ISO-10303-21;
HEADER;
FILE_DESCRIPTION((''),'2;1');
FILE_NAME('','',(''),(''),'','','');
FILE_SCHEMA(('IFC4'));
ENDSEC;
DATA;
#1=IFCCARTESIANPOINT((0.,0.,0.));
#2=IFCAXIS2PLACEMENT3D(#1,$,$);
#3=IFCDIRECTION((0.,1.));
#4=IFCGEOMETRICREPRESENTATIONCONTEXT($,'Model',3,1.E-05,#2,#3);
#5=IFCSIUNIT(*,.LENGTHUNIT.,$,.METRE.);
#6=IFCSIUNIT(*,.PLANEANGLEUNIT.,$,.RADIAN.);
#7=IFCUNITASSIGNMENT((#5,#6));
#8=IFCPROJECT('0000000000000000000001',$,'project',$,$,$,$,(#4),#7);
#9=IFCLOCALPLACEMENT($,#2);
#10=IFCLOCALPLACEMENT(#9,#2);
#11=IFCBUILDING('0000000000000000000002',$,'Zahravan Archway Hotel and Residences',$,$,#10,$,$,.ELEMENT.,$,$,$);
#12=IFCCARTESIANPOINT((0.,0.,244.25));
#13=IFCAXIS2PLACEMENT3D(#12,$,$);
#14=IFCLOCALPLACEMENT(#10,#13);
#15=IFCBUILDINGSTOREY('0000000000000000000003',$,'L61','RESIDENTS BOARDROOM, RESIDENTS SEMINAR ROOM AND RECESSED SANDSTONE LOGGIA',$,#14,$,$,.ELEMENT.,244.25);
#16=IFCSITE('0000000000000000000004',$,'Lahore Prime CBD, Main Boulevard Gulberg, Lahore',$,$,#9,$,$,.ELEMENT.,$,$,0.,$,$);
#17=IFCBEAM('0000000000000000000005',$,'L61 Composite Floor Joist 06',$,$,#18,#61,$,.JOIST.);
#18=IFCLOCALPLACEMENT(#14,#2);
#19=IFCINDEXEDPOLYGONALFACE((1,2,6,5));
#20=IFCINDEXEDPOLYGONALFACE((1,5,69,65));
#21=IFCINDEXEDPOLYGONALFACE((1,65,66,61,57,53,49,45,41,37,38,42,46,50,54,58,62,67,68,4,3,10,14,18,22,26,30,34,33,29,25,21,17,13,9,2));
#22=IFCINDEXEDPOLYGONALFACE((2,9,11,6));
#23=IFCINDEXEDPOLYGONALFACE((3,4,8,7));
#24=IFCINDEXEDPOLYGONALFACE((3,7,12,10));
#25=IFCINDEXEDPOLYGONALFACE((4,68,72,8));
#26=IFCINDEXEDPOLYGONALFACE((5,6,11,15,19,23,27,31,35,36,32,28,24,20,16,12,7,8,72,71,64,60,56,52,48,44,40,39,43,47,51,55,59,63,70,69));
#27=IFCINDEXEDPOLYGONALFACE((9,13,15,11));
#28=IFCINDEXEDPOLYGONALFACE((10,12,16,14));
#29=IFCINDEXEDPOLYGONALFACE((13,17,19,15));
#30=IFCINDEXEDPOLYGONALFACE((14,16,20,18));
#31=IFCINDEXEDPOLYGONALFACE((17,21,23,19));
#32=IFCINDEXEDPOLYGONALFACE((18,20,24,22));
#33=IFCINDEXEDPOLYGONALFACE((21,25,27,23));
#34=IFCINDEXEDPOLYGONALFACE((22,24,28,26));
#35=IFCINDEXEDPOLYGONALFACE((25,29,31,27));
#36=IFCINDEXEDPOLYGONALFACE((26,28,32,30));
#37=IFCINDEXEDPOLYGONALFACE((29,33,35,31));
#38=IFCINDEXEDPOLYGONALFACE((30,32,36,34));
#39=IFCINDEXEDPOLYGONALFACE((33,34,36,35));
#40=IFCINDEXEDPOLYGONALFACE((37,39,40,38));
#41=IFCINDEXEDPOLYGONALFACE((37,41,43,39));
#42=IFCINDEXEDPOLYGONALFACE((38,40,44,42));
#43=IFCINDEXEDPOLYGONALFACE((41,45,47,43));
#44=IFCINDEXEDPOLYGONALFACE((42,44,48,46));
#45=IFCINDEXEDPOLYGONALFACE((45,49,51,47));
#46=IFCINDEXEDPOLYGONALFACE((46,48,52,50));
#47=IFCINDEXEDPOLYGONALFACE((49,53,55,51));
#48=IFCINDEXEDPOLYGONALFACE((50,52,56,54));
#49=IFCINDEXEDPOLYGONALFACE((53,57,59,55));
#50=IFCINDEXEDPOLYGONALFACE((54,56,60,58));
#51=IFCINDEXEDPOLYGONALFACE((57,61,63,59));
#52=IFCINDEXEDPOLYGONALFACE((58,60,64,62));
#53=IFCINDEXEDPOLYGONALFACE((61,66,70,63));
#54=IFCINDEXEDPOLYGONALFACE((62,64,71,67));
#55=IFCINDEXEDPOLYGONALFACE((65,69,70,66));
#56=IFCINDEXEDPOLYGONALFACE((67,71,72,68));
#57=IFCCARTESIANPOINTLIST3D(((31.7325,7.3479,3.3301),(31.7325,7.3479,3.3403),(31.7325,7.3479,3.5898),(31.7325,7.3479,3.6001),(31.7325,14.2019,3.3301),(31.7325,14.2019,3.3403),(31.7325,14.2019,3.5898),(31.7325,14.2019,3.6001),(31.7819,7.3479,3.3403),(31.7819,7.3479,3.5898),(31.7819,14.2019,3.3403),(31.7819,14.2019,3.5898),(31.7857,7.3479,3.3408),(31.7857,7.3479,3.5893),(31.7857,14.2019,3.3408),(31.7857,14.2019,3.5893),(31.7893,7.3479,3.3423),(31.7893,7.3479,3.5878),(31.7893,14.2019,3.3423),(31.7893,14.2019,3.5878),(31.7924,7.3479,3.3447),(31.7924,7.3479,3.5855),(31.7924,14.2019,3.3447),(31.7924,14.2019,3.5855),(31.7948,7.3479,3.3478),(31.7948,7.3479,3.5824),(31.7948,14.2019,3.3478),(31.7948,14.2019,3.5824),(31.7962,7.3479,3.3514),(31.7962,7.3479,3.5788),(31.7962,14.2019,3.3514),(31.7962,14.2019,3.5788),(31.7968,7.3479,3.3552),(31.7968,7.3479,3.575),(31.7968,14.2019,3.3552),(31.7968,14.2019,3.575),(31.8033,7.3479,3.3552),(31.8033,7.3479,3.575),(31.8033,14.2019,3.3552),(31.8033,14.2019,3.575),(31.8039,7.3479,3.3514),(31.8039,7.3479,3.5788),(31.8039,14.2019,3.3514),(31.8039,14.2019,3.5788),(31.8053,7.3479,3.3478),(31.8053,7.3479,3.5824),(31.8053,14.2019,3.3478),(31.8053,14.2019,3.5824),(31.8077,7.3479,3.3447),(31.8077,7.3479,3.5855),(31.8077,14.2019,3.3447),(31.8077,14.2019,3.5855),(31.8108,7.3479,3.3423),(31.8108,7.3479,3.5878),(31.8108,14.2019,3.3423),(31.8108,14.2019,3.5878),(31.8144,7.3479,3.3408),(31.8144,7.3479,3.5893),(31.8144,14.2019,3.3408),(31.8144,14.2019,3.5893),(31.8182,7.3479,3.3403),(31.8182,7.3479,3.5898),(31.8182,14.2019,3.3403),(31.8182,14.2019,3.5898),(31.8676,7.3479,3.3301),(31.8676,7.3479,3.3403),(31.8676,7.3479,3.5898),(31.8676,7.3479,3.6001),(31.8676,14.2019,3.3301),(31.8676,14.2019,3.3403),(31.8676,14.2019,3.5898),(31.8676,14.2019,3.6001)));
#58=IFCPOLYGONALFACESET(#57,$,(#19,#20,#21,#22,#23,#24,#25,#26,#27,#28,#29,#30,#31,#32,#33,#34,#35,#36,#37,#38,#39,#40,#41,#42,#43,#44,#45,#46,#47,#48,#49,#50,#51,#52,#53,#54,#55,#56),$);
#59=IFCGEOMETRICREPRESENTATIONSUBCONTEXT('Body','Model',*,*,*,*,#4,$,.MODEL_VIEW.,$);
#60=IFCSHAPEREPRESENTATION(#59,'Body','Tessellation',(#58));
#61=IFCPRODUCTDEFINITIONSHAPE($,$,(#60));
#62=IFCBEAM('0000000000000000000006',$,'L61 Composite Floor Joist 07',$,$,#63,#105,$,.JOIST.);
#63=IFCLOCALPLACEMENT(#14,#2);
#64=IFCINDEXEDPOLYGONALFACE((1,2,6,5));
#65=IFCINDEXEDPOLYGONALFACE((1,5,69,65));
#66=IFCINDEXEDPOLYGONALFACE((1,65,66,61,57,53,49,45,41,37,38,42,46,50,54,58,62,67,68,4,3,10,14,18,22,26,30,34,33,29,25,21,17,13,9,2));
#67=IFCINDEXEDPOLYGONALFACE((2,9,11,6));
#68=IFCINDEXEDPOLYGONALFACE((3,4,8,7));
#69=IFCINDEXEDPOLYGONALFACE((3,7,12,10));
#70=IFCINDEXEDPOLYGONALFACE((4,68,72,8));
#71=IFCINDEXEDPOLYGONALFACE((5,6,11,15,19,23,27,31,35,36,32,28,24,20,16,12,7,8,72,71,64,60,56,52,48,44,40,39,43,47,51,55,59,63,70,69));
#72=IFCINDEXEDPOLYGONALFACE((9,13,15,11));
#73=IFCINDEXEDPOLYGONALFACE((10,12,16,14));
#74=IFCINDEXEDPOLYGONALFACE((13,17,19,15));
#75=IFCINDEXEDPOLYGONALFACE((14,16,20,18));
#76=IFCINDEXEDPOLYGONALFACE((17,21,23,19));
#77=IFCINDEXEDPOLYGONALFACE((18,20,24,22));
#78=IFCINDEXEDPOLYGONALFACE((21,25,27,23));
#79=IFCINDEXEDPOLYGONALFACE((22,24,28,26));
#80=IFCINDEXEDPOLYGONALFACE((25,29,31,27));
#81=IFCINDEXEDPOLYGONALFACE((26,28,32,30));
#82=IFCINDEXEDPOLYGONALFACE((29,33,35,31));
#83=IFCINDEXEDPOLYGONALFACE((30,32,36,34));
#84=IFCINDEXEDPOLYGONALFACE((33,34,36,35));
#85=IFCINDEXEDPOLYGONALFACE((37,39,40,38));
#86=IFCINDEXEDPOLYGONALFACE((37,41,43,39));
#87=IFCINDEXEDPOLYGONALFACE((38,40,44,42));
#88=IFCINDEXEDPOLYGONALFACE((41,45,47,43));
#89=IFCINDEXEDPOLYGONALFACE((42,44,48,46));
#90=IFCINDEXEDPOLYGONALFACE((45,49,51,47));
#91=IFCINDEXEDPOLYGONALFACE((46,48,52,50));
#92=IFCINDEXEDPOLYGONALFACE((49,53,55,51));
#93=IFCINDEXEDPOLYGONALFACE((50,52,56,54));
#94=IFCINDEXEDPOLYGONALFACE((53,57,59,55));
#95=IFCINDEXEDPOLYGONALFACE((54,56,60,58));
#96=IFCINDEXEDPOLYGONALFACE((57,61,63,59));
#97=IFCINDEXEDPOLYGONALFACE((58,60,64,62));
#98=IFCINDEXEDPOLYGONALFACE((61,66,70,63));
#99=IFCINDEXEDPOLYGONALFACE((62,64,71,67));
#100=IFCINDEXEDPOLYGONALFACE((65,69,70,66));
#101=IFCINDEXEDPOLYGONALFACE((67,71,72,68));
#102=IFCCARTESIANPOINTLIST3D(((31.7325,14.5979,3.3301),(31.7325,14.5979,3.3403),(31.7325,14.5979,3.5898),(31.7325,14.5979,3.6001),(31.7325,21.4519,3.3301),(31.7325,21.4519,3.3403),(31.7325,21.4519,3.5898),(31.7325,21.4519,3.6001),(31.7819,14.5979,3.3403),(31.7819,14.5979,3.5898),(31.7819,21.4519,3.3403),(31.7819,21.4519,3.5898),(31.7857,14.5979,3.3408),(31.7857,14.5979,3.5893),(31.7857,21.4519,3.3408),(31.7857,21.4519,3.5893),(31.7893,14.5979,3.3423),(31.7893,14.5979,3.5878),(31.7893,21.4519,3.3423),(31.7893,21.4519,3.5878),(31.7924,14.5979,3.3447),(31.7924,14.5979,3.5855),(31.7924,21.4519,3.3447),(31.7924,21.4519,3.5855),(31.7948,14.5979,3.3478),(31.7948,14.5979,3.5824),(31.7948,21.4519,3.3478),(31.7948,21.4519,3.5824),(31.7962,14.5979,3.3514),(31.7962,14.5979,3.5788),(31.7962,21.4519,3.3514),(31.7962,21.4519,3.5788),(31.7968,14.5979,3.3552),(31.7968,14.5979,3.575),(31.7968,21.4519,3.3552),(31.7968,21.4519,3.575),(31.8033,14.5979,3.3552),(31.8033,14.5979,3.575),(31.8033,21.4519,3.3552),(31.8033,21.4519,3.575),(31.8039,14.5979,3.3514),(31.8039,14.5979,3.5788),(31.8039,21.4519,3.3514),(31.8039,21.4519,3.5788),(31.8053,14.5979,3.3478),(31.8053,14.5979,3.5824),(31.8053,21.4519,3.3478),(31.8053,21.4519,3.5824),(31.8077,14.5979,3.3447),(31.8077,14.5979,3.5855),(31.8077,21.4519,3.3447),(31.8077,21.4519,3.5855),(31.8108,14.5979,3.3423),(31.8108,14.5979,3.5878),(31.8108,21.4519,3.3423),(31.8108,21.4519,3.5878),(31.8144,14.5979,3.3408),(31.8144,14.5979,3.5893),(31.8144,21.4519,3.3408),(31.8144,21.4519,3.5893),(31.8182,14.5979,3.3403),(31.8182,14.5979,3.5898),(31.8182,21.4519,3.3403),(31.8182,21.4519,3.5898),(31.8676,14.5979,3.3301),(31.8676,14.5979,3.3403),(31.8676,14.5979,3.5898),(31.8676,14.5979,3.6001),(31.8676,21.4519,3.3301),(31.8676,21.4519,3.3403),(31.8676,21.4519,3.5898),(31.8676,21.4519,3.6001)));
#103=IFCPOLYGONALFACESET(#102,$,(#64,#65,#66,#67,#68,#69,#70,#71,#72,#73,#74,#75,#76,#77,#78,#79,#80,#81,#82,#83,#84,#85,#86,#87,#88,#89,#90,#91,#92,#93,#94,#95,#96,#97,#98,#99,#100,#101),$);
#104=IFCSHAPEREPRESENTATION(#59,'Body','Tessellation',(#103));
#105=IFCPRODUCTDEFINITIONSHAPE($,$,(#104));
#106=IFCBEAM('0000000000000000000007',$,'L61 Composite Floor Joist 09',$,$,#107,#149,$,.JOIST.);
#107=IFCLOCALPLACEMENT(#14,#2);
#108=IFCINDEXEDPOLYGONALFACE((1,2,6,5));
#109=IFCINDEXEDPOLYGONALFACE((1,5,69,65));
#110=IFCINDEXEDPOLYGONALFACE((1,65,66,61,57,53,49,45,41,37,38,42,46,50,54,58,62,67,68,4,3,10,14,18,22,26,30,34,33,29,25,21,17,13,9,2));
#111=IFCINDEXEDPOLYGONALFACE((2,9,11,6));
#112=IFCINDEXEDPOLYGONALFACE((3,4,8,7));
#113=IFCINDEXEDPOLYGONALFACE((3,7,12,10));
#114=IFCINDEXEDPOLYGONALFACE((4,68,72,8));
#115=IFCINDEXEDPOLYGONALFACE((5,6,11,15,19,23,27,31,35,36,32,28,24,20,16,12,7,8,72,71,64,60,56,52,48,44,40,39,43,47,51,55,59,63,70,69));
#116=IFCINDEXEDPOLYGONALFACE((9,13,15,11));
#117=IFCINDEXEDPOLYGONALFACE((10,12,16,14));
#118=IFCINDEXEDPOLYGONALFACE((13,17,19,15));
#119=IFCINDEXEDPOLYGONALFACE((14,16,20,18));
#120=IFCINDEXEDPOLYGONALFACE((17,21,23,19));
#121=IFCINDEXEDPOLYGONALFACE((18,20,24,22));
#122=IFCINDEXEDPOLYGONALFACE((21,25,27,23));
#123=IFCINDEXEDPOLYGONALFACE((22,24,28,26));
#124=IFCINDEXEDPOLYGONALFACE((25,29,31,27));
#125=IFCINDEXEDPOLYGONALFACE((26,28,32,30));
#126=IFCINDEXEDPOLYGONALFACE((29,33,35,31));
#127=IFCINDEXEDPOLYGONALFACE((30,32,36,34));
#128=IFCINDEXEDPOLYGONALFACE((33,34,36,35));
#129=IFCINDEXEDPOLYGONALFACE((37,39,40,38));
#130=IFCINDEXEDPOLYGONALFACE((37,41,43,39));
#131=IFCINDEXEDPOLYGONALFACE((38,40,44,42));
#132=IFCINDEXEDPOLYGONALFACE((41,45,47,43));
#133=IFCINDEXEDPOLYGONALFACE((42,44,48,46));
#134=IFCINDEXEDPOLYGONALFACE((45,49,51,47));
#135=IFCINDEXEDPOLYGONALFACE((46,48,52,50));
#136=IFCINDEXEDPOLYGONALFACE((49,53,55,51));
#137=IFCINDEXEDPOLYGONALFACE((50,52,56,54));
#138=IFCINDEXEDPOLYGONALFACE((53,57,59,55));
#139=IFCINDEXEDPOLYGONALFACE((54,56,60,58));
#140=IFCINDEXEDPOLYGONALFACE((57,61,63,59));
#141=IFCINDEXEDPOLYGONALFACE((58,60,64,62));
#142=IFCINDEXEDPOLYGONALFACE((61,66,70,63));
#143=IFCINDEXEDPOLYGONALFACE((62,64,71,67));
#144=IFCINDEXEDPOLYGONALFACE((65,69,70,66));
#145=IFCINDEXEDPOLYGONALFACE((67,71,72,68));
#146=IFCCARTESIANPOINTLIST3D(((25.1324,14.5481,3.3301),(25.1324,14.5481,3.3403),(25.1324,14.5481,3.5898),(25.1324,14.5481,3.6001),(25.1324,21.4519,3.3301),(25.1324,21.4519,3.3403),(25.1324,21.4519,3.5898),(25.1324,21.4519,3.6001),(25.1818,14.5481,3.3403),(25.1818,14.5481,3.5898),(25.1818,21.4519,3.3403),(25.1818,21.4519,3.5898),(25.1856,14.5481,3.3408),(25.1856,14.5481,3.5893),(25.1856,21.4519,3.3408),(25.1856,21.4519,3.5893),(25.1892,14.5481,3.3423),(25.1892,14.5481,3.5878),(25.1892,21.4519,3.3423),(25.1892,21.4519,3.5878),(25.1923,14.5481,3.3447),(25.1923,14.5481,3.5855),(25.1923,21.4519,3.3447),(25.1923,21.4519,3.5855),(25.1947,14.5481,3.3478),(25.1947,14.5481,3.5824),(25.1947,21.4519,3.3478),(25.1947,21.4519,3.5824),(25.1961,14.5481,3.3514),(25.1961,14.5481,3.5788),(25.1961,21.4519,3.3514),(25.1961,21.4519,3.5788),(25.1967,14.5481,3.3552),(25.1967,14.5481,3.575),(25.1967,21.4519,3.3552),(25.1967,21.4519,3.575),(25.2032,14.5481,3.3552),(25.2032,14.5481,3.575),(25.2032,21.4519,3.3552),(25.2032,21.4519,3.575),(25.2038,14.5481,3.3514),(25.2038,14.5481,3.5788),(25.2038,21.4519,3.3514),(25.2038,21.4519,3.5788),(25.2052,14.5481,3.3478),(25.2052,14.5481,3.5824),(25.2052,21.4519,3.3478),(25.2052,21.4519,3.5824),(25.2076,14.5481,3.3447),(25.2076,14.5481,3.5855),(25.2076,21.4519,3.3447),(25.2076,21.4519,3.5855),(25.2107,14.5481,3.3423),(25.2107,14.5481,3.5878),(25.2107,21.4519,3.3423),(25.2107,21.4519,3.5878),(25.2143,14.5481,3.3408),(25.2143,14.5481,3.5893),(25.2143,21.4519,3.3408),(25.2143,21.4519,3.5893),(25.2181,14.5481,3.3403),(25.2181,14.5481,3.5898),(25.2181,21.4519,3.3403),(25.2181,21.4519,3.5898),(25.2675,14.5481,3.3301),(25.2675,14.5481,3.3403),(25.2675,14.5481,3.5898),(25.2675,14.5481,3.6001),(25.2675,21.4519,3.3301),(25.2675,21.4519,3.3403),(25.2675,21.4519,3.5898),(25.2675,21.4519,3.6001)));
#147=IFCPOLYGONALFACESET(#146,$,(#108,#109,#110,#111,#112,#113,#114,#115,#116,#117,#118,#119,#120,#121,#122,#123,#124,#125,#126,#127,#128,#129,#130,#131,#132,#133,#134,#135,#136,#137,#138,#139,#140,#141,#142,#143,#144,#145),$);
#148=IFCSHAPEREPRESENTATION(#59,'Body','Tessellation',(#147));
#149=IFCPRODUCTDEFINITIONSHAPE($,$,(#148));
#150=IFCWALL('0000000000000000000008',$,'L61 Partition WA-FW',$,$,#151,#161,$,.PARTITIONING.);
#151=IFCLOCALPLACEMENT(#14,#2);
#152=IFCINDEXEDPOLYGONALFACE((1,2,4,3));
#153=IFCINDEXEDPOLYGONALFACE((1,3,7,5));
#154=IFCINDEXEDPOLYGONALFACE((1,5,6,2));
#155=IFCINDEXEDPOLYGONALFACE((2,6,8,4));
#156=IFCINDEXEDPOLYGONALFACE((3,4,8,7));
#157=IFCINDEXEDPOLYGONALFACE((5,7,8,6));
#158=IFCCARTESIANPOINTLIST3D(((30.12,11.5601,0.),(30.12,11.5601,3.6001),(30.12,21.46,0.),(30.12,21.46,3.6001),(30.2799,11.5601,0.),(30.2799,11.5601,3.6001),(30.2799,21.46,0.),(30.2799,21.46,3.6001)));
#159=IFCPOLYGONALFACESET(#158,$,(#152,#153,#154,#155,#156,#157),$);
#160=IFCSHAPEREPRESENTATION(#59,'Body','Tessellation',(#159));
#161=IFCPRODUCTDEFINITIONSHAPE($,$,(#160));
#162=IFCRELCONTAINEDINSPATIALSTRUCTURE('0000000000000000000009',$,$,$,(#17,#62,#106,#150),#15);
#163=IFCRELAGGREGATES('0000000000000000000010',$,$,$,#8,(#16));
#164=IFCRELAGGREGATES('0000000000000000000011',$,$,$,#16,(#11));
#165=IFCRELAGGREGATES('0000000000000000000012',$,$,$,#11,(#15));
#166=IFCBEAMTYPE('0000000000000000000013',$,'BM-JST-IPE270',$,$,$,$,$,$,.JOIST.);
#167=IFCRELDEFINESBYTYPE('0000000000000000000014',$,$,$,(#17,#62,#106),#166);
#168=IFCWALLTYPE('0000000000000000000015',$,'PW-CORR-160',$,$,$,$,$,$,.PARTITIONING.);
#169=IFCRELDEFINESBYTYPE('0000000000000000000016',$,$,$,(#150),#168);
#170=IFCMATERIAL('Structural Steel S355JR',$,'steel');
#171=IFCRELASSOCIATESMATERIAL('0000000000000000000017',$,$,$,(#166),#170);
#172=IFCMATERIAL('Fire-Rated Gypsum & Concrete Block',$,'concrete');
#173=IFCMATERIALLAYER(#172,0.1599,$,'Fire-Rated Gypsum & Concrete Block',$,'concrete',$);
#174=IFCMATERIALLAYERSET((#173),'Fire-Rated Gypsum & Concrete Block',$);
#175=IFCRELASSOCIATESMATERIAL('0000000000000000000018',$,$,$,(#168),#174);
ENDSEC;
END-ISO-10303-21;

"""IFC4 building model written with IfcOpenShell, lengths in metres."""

from ifc_helpers import new_model, si_unit, direction, frame, frame_2d, origin, origin_2d, place, context, subcontext, project, spatial, rectangle, i_section, extrude, source, transform, mapped, material, layer, layer_set, material_profile, profile_set, type_object, element, save


model = new_model("IFC4")

# Units and contexts
model_context = context("Model", 3, precision=1e-05, world=origin(), true_north=direction((0.0, 1.0)))
body_context = subcontext(model_context, "Body", "Model", "MODEL_VIEW")
ifc_project = project(units=[si_unit("LENGTHUNIT", "METRE"), si_unit("PLANEANGLEUNIT", "RADIAN")], contexts=[model_context])

# Site, building, storey
site_placement = place(None, origin())
site = spatial("IfcSite", under=ifc_project, at=site_placement, Name="Lahore Prime CBD, Main Boulevard Gulberg, Lahore", CompositionType="ELEMENT", RefElevation=0.0)
building_placement = place(site_placement, origin())
building = spatial("IfcBuilding", under=site, at=building_placement, Name="Zahravan Archway Hotel and Residences", CompositionType="ELEMENT")
storey_placement = place(building_placement, frame((0.0, 0.0, 244.25)))
storey = spatial("IfcBuildingStorey", under=building, at=storey_placement, Name="L61", Description="RESIDENTS BOARDROOM, RESIDENTS SEMINAR ROOM AND RECESSED SANDSTONE LOGGIA", CompositionType="ELEMENT", Elevation=244.25)

# Beams
ifc_material_1 = material(Name="Structural Steel S355JR", Category="steel")
ifc_material_profile_1 = material_profile(ifc_material_1, i_section(OverallWidth=0.135, OverallDepth=0.27, WebThickness=0.0066, FlangeThickness=0.0103, FilletRadius=0.0149, at=origin_2d()), Name="IPE 270", Category="steel")
ifc_profile_set_1 = profile_set([ifc_material_profile_1], Name="Structural Steel S355JR")
beam_type_1 = type_object("IfcBeamType", Name="BM-JST-IPE270", PredefinedType="JOIST", material=ifc_profile_set_1)
shared_shape_1 = source(origin(), body_context, "Body", "SweptSolid", [
    extrude(i_section(OverallWidth=0.135, OverallDepth=0.27, WebThickness=0.0066, FlangeThickness=0.0103, FilletRadius=0.0149, at=origin_2d()), origin(), (0.0, 0.0, 1.0), 6.854),
])
for number, where, z_axis, x_axis, name in (
    (1, (31.8, 7.3479, 3.4651), (0.0, 1.0, 0.0), (-1.0, 0.0, 0.0), "L61 Composite Floor Joist 06"),
    (2, (31.8, 14.5979, 3.4651), (0.0, 1.0, 0.0), (-1.0, 0.0, 0.0), "L61 Composite Floor Joist 07"),
):
    element("IfcBeam", number, at=place(storey_placement, frame(where, z_axis=z_axis, x_axis=x_axis)), inside=storey, type_object=beam_type_1, Name=name, PredefinedType="JOIST", context=body_context, shape_type="MappedRepresentation", body=[
        mapped(shared_shape_1, transform((0.0, 0.0, 0.0), scale=1.0)),
    ])
shared_shape_2 = source(origin(), body_context, "Body", "SweptSolid", [
    extrude(i_section(OverallWidth=0.135, OverallDepth=0.27, WebThickness=0.0066, FlangeThickness=0.0103, FilletRadius=0.0149, at=origin_2d()), origin(), (0.0, 0.0, 1.0), 6.9038),
])
beam_1_placement = place(storey_placement, frame((25.2, 14.5481, 3.4651), z_axis=(0.0, 1.0, 0.0), x_axis=(-1.0, 0.0, 0.0)))
element("IfcBeam", 3, at=beam_1_placement, inside=storey, type_object=beam_type_1, Name="L61 Composite Floor Joist 09", PredefinedType="JOIST", context=body_context, shape_type="MappedRepresentation", body=[
    mapped(shared_shape_2, transform((0.0, 0.0, 0.0), scale=1.0)),
])

# Wall
ifc_material_2 = material(Name="Fire-Rated Gypsum & Concrete Block", Category="concrete")
ifc_layer_1 = layer(ifc_material_2, 0.1599, Name="Fire-Rated Gypsum & Concrete Block", Category="concrete")
ifc_layer_set_1 = layer_set([ifc_layer_1], Name="Fire-Rated Gypsum & Concrete Block")
wall_type_1 = type_object("IfcWallType", Name="PW-CORR-160", PredefinedType="PARTITIONING", material=ifc_layer_set_1)
wall_1_placement = place(storey_placement, frame((30.2, 11.5601, 0.0), z_axis=(0.0, 0.0, 1.0), x_axis=(0.0, 1.0, 0.0)))
element("IfcWall", 4, at=wall_1_placement, inside=storey, type_object=wall_type_1, Name="L61 Partition WA-FW", PredefinedType="PARTITIONING", context=body_context, shape_type="SweptSolid", body=[
    extrude(rectangle(XDim=9.8999, YDim=0.1599, at=frame_2d((4.95, 0.0))), origin(), (0.0, 0.0, 1.0), 3.6001),
])

save(model, "model.ifc")
